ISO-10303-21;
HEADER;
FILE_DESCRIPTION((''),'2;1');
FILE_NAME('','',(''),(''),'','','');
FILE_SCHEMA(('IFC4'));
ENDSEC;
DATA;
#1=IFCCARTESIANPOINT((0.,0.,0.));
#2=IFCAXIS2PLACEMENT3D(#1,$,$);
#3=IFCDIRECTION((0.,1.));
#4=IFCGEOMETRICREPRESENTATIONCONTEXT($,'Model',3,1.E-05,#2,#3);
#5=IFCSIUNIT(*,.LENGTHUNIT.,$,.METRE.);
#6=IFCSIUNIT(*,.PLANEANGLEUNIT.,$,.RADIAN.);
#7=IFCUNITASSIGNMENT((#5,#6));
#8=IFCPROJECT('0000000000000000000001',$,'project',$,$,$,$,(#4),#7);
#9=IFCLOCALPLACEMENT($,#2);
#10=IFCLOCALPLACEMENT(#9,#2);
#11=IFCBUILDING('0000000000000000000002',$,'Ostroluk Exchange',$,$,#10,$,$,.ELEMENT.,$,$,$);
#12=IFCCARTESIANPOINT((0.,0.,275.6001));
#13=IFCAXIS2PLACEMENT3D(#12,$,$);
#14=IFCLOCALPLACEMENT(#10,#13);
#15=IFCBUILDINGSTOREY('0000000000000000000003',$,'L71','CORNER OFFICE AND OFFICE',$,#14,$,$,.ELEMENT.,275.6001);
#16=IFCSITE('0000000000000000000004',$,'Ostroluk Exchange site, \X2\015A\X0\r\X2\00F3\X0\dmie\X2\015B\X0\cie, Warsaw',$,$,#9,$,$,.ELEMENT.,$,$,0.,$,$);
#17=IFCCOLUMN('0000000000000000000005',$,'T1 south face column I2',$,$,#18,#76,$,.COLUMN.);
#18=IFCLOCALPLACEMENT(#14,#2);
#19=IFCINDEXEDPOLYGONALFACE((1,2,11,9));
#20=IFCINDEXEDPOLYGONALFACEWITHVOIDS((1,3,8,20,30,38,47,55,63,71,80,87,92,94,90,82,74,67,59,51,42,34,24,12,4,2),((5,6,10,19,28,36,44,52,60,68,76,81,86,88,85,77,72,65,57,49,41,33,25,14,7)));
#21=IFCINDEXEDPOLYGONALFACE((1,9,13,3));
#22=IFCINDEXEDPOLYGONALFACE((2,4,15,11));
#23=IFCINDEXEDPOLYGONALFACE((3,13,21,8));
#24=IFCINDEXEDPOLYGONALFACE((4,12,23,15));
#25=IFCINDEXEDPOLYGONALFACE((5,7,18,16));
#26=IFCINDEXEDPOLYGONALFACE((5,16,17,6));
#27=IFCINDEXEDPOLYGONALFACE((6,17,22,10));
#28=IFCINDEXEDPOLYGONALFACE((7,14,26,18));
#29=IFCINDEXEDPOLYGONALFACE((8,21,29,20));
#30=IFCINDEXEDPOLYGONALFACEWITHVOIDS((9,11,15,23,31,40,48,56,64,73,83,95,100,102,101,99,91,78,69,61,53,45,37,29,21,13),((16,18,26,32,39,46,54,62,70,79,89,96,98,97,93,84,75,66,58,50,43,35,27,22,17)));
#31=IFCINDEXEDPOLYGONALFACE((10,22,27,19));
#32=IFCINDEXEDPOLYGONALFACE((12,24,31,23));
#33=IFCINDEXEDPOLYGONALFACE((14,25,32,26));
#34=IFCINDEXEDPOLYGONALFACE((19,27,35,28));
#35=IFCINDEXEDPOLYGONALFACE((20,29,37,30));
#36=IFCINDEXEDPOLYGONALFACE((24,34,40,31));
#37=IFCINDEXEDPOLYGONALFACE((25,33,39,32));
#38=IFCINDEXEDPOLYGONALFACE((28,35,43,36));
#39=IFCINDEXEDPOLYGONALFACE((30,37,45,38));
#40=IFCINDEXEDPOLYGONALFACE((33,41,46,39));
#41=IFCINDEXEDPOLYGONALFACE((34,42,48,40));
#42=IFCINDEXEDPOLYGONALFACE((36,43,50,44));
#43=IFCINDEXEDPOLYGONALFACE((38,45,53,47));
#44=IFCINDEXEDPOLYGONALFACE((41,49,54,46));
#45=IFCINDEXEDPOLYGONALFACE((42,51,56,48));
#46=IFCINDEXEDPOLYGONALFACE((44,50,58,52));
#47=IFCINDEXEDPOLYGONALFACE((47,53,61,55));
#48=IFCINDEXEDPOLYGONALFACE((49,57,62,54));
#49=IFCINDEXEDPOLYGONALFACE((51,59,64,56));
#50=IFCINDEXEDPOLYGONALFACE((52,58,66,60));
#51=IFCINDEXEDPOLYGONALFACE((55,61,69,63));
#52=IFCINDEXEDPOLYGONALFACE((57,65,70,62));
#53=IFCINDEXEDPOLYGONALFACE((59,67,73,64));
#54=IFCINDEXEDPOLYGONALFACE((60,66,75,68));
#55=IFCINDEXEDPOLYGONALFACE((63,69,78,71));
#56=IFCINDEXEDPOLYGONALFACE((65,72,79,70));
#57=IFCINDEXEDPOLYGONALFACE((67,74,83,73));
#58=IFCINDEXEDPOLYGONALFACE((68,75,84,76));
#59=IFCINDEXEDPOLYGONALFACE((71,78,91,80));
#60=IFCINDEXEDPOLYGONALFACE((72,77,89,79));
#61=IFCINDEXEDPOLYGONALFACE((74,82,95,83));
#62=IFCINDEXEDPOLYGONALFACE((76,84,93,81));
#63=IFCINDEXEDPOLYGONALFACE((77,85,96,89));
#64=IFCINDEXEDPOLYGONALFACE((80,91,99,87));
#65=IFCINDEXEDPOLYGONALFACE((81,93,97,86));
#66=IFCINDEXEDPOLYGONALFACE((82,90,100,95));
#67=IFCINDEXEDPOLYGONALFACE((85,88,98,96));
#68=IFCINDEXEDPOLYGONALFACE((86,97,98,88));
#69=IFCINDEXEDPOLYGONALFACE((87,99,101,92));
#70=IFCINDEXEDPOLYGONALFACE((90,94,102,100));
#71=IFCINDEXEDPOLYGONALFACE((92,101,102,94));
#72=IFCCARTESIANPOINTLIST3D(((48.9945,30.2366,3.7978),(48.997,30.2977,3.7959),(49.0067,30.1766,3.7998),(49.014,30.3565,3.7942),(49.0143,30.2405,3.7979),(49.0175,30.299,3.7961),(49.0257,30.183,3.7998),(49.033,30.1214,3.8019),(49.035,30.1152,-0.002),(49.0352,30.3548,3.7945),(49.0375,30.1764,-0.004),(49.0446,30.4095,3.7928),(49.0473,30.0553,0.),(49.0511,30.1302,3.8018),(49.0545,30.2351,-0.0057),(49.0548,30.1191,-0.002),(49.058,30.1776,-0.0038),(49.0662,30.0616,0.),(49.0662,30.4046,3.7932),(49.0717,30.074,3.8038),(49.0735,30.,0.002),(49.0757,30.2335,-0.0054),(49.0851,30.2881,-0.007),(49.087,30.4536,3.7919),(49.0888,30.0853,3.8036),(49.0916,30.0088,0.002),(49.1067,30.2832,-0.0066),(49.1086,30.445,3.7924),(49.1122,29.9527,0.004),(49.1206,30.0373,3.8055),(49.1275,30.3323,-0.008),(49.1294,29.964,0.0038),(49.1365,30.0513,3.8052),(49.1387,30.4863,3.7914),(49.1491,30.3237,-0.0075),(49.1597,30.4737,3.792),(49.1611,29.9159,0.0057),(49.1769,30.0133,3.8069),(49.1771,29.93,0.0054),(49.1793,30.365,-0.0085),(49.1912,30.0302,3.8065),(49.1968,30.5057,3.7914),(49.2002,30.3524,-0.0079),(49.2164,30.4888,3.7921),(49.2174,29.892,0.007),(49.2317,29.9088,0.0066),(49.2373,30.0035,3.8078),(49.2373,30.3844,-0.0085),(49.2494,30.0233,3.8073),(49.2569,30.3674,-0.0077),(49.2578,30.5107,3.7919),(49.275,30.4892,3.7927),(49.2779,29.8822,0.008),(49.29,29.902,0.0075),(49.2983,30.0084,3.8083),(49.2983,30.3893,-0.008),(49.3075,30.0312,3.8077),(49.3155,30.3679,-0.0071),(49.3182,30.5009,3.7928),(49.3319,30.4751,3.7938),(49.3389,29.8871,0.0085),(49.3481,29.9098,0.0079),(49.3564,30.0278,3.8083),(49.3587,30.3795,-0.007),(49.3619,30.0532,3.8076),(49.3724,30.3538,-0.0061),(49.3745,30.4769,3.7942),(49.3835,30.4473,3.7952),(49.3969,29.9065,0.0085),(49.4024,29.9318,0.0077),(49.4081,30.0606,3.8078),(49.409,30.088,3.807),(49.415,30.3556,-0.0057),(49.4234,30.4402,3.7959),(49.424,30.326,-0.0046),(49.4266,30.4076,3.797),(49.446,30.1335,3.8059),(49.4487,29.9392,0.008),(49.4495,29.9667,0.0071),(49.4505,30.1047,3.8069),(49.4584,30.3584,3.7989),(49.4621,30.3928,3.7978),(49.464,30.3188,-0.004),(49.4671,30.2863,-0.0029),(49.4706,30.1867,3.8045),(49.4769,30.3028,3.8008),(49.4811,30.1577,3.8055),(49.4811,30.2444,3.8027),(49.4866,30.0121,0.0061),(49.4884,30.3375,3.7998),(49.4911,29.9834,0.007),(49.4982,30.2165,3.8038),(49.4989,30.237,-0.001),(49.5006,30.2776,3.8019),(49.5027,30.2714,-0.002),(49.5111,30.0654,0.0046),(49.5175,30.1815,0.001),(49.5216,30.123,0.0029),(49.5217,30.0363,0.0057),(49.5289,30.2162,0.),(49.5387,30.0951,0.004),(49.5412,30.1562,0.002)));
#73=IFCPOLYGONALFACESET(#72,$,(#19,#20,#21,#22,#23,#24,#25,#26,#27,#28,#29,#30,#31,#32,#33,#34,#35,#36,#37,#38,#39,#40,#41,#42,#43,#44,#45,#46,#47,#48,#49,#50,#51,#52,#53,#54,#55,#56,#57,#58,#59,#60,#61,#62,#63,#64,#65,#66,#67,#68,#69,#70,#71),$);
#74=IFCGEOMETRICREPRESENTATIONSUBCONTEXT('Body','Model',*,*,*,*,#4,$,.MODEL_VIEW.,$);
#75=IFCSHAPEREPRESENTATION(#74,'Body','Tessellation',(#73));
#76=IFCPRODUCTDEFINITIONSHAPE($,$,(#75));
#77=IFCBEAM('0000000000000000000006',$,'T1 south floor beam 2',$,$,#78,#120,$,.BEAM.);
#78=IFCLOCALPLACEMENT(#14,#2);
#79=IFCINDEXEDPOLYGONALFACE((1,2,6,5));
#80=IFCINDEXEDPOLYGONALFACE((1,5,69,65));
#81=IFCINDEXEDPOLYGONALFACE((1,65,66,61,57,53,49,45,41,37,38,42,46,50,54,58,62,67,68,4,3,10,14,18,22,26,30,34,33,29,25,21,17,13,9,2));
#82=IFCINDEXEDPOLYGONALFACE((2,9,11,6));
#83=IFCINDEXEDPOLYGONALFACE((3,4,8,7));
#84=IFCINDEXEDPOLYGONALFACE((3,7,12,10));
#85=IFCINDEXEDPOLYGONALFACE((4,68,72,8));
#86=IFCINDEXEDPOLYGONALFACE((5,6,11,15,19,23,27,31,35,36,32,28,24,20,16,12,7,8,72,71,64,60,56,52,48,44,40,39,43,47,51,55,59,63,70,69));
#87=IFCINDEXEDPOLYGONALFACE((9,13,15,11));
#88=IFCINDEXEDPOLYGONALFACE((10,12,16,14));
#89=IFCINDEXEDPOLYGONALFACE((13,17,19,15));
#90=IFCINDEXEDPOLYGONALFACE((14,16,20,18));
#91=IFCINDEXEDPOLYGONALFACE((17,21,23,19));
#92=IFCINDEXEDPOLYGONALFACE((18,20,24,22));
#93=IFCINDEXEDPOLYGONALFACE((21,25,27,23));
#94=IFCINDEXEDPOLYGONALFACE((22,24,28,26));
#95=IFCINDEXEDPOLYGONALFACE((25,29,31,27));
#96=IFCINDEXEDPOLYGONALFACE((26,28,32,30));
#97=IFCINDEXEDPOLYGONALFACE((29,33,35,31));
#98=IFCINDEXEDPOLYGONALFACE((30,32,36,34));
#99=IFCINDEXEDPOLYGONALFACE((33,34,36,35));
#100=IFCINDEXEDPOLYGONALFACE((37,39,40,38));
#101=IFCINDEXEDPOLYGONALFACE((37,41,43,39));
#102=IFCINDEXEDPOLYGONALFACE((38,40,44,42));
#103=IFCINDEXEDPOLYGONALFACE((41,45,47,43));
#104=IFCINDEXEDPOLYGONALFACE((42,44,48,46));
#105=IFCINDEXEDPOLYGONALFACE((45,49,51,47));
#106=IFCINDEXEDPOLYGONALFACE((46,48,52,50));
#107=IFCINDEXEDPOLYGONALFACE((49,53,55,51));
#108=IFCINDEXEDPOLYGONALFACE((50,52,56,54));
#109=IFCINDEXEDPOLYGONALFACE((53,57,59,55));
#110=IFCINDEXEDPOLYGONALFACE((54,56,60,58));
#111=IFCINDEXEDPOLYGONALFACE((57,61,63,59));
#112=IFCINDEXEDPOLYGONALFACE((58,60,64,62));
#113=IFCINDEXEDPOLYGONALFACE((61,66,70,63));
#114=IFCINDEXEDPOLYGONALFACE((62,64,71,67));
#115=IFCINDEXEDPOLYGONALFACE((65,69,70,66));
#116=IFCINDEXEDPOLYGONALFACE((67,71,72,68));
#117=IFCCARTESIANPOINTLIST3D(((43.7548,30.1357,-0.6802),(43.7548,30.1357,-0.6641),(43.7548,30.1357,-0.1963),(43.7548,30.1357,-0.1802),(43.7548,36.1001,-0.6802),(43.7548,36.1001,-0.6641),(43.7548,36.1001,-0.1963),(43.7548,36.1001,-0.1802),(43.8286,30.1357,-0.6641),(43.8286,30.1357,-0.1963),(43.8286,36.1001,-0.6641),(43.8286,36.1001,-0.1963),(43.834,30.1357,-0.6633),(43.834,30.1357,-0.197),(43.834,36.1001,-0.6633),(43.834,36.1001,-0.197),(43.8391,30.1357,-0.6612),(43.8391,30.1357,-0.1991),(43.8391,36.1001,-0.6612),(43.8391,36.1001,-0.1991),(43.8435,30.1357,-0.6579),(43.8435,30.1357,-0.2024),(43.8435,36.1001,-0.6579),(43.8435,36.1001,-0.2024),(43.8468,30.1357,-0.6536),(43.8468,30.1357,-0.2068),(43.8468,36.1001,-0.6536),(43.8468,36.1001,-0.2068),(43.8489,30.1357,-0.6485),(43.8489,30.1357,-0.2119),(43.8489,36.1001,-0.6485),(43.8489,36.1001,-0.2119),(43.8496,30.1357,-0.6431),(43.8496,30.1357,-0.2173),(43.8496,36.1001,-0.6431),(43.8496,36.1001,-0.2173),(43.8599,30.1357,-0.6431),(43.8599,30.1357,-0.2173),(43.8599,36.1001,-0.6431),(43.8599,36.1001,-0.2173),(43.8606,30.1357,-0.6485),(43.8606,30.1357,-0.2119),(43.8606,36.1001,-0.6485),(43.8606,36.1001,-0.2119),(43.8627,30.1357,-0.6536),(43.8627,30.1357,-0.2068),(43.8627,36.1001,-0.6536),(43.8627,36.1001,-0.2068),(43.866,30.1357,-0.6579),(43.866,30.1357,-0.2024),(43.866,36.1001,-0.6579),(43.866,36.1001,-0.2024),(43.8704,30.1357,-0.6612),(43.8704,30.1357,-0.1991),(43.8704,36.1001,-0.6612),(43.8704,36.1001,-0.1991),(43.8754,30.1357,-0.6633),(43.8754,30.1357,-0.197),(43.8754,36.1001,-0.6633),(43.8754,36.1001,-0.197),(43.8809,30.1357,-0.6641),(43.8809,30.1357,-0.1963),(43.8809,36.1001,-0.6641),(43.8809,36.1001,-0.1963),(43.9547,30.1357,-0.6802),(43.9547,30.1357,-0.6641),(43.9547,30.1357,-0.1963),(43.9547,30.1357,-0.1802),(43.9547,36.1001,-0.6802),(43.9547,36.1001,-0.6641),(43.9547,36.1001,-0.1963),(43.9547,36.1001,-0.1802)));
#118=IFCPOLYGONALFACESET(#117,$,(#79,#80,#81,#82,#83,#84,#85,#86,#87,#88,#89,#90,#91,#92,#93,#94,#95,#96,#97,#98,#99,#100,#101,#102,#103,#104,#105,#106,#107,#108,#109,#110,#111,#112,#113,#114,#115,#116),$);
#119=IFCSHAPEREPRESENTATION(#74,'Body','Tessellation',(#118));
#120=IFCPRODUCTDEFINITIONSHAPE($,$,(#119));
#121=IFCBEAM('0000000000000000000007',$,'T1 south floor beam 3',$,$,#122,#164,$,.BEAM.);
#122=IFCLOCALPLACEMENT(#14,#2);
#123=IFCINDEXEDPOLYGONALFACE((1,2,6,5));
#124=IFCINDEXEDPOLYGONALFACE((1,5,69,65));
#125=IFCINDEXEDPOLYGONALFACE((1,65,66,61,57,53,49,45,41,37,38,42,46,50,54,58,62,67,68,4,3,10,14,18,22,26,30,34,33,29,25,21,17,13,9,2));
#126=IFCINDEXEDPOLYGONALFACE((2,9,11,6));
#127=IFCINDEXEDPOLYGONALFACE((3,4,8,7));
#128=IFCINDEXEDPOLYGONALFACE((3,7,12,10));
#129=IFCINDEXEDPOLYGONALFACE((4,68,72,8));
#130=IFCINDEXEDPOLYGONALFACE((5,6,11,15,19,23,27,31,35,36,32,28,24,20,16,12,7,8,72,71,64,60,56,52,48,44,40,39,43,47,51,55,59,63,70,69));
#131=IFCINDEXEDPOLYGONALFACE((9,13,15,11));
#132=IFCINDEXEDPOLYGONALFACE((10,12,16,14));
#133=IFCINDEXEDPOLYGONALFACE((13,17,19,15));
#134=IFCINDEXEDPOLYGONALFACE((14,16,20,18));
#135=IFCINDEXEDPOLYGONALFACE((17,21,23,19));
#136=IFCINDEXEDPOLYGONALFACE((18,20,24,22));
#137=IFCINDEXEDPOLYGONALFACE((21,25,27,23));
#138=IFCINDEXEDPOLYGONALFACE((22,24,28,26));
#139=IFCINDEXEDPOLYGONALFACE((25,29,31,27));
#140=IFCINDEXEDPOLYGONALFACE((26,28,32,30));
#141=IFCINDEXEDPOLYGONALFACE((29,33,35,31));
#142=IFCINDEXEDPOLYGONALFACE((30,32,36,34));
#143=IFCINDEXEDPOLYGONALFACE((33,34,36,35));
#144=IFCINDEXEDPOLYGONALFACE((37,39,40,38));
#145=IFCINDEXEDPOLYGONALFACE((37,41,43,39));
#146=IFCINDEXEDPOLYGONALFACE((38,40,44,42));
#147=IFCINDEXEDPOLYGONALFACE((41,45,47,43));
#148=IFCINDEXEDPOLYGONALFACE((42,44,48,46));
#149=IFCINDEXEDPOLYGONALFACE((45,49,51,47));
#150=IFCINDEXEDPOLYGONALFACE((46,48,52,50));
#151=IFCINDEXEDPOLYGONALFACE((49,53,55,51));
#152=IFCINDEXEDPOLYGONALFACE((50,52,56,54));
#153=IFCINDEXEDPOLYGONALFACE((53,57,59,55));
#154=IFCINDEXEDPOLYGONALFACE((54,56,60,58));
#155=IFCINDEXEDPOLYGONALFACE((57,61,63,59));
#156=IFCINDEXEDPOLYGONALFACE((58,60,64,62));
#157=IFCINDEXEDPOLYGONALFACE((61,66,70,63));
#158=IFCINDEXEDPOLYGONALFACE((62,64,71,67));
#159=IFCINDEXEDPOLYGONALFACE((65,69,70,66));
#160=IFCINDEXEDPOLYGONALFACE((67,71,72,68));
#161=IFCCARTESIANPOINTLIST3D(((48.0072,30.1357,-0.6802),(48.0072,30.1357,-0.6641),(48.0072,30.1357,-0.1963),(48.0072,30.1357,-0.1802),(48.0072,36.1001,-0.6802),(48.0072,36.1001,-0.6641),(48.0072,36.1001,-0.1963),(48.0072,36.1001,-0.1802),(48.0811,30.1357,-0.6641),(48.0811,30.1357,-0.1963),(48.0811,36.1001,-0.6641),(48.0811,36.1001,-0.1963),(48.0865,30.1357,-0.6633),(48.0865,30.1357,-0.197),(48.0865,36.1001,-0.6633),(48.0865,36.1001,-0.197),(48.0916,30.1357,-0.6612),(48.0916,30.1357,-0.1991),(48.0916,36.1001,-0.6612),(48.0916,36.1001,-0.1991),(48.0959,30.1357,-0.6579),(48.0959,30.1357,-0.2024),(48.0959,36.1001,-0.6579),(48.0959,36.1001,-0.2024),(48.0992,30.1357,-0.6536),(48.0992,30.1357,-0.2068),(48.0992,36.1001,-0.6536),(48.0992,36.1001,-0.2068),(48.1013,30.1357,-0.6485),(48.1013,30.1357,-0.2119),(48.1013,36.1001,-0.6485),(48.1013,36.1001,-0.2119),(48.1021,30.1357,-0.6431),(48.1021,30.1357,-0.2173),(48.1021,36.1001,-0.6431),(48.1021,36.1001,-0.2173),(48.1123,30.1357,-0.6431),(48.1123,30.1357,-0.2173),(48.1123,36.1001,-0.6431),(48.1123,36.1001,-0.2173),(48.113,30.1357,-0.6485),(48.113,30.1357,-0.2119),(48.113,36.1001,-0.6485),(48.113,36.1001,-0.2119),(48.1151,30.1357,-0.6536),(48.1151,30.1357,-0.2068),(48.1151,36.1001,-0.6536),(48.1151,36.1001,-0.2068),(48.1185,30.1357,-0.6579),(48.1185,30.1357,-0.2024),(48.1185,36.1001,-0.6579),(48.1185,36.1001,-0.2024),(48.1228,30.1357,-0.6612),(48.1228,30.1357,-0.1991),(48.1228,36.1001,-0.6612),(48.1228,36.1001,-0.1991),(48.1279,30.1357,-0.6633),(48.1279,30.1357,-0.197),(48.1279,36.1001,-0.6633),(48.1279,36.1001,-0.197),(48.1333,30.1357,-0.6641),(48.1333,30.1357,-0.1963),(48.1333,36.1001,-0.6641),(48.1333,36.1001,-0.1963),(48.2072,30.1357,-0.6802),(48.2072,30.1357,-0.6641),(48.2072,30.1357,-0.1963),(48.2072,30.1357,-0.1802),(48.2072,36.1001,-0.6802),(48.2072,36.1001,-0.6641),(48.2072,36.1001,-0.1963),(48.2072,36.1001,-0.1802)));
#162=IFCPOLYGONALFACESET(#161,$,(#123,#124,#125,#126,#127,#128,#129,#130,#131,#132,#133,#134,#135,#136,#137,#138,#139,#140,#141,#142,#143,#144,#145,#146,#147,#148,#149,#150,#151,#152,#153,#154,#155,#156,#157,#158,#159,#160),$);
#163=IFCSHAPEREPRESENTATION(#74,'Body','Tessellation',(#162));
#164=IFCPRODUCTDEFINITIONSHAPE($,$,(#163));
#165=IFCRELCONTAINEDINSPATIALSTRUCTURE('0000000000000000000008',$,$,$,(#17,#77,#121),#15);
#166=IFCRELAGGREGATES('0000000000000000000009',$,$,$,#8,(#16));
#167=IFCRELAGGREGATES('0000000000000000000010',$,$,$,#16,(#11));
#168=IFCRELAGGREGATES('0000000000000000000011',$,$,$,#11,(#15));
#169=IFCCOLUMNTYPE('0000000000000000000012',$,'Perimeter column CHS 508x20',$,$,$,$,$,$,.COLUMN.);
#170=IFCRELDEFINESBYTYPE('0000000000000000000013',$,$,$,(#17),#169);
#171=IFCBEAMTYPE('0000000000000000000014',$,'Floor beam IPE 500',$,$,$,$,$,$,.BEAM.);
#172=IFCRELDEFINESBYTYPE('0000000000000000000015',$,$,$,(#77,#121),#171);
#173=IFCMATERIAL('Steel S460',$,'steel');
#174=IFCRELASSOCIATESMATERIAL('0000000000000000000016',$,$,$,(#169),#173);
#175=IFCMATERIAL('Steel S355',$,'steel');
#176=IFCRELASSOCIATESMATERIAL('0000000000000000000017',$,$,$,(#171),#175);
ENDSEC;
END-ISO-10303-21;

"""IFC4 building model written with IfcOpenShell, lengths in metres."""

from ifc_helpers import new_model, si_unit, direction, frame, origin, origin_2d, place, context, subcontext, project, spatial, hollow_circle, i_section, extrude, material, material_profile, profile_set, type_object, element, save


model = new_model("IFC4")

# Units and contexts
model_context = context("Model", 3, precision=1e-05, world=origin(), true_north=direction((0.0, 1.0)))
body_context = subcontext(model_context, "Body", "Model", "MODEL_VIEW")
ifc_project = project(units=[si_unit("LENGTHUNIT", "METRE"), si_unit("PLANEANGLEUNIT", "RADIAN")], contexts=[model_context])

# Site, building, storey
site_placement = place(None, origin())
site = spatial("IfcSite", under=ifc_project, at=site_placement, Name="Ostroluk Exchange site, Śródmieście, Warsaw", CompositionType="ELEMENT", RefElevation=0.0)
building_placement = place(site_placement, origin())
building = spatial("IfcBuilding", under=site, at=building_placement, Name="Ostroluk Exchange", CompositionType="ELEMENT")
storey_placement = place(building_placement, frame((0.0, 0.0, 275.6001)))
storey = spatial("IfcBuildingStorey", under=building, at=storey_placement, Name="L71", Description="CORNER OFFICE AND OFFICE", CompositionType="ELEMENT", Elevation=275.6001)

# Column
ifc_material_1 = material(Name="Steel S460", Category="steel")
ifc_material_profile_1 = material_profile(ifc_material_1, hollow_circle(Radius=0.2539, WallThickness=0.02, at=origin_2d()), Name="CHS 508x20")
ifc_profile_set_1 = profile_set([ifc_material_profile_1], Name="Steel S460")
column_type = type_object("IfcColumnType", Name="Perimeter column CHS 508x20", PredefinedType="COLUMN", material=ifc_profile_set_1)
column_placement = place(storey_placement, frame((49.2881, 30.1357, 0.0), z_axis=(-0.01066, 0.031915, 0.999434), x_axis=(-0.948492, -0.3168, 0.0)))
element("IfcColumn", 1, at=column_placement, inside=storey, type_object=column_type, Name="T1 south face column I2", PredefinedType="COLUMN", context=body_context, shape_type="SweptSolid", body=[
    extrude(hollow_circle(Radius=0.2539, WallThickness=0.02, at=origin_2d()), origin(), (0.0, 0.0, 1.0), 3.802),
])

# Beams
ifc_material_2 = material(Name="Steel S355", Category="steel")
ifc_material_profile_2 = material_profile(ifc_material_2, i_section(OverallWidth=0.2, OverallDepth=0.5, WebThickness=0.0103, FlangeThickness=0.0161, FilletRadius=0.021, at=origin_2d()), Name="IPE 500")
ifc_profile_set_2 = profile_set([ifc_material_profile_2], Name="Steel S355")
beam_type_1 = type_object("IfcBeamType", Name="Floor beam IPE 500", PredefinedType="BEAM", material=ifc_profile_set_2)
for number, where, z_axis, x_axis, name in (
    (2, (43.8547, 36.1001, -0.4302), (0.0, -1.0, 0.0), (1.0, 0.0, 0.0), "T1 south floor beam 2"),
    (3, (48.1072, 36.1001, -0.4302), (0.0, -1.0, 0.0), (1.0, 0.0, 0.0), "T1 south floor beam 3"),
):
    element("IfcBeam", number, at=place(storey_placement, frame(where, z_axis=z_axis, x_axis=x_axis)), inside=storey, type_object=beam_type_1, Name=name, PredefinedType="BEAM", context=body_context, shape_type="SweptSolid", body=[
        extrude(i_section(OverallWidth=0.2, OverallDepth=0.5, WebThickness=0.0103, FlangeThickness=0.0161, FilletRadius=0.021, at=origin_2d()), origin(), (0.0, 0.0, 1.0), 5.9644),
    ])

save(model, "model.ifc")
